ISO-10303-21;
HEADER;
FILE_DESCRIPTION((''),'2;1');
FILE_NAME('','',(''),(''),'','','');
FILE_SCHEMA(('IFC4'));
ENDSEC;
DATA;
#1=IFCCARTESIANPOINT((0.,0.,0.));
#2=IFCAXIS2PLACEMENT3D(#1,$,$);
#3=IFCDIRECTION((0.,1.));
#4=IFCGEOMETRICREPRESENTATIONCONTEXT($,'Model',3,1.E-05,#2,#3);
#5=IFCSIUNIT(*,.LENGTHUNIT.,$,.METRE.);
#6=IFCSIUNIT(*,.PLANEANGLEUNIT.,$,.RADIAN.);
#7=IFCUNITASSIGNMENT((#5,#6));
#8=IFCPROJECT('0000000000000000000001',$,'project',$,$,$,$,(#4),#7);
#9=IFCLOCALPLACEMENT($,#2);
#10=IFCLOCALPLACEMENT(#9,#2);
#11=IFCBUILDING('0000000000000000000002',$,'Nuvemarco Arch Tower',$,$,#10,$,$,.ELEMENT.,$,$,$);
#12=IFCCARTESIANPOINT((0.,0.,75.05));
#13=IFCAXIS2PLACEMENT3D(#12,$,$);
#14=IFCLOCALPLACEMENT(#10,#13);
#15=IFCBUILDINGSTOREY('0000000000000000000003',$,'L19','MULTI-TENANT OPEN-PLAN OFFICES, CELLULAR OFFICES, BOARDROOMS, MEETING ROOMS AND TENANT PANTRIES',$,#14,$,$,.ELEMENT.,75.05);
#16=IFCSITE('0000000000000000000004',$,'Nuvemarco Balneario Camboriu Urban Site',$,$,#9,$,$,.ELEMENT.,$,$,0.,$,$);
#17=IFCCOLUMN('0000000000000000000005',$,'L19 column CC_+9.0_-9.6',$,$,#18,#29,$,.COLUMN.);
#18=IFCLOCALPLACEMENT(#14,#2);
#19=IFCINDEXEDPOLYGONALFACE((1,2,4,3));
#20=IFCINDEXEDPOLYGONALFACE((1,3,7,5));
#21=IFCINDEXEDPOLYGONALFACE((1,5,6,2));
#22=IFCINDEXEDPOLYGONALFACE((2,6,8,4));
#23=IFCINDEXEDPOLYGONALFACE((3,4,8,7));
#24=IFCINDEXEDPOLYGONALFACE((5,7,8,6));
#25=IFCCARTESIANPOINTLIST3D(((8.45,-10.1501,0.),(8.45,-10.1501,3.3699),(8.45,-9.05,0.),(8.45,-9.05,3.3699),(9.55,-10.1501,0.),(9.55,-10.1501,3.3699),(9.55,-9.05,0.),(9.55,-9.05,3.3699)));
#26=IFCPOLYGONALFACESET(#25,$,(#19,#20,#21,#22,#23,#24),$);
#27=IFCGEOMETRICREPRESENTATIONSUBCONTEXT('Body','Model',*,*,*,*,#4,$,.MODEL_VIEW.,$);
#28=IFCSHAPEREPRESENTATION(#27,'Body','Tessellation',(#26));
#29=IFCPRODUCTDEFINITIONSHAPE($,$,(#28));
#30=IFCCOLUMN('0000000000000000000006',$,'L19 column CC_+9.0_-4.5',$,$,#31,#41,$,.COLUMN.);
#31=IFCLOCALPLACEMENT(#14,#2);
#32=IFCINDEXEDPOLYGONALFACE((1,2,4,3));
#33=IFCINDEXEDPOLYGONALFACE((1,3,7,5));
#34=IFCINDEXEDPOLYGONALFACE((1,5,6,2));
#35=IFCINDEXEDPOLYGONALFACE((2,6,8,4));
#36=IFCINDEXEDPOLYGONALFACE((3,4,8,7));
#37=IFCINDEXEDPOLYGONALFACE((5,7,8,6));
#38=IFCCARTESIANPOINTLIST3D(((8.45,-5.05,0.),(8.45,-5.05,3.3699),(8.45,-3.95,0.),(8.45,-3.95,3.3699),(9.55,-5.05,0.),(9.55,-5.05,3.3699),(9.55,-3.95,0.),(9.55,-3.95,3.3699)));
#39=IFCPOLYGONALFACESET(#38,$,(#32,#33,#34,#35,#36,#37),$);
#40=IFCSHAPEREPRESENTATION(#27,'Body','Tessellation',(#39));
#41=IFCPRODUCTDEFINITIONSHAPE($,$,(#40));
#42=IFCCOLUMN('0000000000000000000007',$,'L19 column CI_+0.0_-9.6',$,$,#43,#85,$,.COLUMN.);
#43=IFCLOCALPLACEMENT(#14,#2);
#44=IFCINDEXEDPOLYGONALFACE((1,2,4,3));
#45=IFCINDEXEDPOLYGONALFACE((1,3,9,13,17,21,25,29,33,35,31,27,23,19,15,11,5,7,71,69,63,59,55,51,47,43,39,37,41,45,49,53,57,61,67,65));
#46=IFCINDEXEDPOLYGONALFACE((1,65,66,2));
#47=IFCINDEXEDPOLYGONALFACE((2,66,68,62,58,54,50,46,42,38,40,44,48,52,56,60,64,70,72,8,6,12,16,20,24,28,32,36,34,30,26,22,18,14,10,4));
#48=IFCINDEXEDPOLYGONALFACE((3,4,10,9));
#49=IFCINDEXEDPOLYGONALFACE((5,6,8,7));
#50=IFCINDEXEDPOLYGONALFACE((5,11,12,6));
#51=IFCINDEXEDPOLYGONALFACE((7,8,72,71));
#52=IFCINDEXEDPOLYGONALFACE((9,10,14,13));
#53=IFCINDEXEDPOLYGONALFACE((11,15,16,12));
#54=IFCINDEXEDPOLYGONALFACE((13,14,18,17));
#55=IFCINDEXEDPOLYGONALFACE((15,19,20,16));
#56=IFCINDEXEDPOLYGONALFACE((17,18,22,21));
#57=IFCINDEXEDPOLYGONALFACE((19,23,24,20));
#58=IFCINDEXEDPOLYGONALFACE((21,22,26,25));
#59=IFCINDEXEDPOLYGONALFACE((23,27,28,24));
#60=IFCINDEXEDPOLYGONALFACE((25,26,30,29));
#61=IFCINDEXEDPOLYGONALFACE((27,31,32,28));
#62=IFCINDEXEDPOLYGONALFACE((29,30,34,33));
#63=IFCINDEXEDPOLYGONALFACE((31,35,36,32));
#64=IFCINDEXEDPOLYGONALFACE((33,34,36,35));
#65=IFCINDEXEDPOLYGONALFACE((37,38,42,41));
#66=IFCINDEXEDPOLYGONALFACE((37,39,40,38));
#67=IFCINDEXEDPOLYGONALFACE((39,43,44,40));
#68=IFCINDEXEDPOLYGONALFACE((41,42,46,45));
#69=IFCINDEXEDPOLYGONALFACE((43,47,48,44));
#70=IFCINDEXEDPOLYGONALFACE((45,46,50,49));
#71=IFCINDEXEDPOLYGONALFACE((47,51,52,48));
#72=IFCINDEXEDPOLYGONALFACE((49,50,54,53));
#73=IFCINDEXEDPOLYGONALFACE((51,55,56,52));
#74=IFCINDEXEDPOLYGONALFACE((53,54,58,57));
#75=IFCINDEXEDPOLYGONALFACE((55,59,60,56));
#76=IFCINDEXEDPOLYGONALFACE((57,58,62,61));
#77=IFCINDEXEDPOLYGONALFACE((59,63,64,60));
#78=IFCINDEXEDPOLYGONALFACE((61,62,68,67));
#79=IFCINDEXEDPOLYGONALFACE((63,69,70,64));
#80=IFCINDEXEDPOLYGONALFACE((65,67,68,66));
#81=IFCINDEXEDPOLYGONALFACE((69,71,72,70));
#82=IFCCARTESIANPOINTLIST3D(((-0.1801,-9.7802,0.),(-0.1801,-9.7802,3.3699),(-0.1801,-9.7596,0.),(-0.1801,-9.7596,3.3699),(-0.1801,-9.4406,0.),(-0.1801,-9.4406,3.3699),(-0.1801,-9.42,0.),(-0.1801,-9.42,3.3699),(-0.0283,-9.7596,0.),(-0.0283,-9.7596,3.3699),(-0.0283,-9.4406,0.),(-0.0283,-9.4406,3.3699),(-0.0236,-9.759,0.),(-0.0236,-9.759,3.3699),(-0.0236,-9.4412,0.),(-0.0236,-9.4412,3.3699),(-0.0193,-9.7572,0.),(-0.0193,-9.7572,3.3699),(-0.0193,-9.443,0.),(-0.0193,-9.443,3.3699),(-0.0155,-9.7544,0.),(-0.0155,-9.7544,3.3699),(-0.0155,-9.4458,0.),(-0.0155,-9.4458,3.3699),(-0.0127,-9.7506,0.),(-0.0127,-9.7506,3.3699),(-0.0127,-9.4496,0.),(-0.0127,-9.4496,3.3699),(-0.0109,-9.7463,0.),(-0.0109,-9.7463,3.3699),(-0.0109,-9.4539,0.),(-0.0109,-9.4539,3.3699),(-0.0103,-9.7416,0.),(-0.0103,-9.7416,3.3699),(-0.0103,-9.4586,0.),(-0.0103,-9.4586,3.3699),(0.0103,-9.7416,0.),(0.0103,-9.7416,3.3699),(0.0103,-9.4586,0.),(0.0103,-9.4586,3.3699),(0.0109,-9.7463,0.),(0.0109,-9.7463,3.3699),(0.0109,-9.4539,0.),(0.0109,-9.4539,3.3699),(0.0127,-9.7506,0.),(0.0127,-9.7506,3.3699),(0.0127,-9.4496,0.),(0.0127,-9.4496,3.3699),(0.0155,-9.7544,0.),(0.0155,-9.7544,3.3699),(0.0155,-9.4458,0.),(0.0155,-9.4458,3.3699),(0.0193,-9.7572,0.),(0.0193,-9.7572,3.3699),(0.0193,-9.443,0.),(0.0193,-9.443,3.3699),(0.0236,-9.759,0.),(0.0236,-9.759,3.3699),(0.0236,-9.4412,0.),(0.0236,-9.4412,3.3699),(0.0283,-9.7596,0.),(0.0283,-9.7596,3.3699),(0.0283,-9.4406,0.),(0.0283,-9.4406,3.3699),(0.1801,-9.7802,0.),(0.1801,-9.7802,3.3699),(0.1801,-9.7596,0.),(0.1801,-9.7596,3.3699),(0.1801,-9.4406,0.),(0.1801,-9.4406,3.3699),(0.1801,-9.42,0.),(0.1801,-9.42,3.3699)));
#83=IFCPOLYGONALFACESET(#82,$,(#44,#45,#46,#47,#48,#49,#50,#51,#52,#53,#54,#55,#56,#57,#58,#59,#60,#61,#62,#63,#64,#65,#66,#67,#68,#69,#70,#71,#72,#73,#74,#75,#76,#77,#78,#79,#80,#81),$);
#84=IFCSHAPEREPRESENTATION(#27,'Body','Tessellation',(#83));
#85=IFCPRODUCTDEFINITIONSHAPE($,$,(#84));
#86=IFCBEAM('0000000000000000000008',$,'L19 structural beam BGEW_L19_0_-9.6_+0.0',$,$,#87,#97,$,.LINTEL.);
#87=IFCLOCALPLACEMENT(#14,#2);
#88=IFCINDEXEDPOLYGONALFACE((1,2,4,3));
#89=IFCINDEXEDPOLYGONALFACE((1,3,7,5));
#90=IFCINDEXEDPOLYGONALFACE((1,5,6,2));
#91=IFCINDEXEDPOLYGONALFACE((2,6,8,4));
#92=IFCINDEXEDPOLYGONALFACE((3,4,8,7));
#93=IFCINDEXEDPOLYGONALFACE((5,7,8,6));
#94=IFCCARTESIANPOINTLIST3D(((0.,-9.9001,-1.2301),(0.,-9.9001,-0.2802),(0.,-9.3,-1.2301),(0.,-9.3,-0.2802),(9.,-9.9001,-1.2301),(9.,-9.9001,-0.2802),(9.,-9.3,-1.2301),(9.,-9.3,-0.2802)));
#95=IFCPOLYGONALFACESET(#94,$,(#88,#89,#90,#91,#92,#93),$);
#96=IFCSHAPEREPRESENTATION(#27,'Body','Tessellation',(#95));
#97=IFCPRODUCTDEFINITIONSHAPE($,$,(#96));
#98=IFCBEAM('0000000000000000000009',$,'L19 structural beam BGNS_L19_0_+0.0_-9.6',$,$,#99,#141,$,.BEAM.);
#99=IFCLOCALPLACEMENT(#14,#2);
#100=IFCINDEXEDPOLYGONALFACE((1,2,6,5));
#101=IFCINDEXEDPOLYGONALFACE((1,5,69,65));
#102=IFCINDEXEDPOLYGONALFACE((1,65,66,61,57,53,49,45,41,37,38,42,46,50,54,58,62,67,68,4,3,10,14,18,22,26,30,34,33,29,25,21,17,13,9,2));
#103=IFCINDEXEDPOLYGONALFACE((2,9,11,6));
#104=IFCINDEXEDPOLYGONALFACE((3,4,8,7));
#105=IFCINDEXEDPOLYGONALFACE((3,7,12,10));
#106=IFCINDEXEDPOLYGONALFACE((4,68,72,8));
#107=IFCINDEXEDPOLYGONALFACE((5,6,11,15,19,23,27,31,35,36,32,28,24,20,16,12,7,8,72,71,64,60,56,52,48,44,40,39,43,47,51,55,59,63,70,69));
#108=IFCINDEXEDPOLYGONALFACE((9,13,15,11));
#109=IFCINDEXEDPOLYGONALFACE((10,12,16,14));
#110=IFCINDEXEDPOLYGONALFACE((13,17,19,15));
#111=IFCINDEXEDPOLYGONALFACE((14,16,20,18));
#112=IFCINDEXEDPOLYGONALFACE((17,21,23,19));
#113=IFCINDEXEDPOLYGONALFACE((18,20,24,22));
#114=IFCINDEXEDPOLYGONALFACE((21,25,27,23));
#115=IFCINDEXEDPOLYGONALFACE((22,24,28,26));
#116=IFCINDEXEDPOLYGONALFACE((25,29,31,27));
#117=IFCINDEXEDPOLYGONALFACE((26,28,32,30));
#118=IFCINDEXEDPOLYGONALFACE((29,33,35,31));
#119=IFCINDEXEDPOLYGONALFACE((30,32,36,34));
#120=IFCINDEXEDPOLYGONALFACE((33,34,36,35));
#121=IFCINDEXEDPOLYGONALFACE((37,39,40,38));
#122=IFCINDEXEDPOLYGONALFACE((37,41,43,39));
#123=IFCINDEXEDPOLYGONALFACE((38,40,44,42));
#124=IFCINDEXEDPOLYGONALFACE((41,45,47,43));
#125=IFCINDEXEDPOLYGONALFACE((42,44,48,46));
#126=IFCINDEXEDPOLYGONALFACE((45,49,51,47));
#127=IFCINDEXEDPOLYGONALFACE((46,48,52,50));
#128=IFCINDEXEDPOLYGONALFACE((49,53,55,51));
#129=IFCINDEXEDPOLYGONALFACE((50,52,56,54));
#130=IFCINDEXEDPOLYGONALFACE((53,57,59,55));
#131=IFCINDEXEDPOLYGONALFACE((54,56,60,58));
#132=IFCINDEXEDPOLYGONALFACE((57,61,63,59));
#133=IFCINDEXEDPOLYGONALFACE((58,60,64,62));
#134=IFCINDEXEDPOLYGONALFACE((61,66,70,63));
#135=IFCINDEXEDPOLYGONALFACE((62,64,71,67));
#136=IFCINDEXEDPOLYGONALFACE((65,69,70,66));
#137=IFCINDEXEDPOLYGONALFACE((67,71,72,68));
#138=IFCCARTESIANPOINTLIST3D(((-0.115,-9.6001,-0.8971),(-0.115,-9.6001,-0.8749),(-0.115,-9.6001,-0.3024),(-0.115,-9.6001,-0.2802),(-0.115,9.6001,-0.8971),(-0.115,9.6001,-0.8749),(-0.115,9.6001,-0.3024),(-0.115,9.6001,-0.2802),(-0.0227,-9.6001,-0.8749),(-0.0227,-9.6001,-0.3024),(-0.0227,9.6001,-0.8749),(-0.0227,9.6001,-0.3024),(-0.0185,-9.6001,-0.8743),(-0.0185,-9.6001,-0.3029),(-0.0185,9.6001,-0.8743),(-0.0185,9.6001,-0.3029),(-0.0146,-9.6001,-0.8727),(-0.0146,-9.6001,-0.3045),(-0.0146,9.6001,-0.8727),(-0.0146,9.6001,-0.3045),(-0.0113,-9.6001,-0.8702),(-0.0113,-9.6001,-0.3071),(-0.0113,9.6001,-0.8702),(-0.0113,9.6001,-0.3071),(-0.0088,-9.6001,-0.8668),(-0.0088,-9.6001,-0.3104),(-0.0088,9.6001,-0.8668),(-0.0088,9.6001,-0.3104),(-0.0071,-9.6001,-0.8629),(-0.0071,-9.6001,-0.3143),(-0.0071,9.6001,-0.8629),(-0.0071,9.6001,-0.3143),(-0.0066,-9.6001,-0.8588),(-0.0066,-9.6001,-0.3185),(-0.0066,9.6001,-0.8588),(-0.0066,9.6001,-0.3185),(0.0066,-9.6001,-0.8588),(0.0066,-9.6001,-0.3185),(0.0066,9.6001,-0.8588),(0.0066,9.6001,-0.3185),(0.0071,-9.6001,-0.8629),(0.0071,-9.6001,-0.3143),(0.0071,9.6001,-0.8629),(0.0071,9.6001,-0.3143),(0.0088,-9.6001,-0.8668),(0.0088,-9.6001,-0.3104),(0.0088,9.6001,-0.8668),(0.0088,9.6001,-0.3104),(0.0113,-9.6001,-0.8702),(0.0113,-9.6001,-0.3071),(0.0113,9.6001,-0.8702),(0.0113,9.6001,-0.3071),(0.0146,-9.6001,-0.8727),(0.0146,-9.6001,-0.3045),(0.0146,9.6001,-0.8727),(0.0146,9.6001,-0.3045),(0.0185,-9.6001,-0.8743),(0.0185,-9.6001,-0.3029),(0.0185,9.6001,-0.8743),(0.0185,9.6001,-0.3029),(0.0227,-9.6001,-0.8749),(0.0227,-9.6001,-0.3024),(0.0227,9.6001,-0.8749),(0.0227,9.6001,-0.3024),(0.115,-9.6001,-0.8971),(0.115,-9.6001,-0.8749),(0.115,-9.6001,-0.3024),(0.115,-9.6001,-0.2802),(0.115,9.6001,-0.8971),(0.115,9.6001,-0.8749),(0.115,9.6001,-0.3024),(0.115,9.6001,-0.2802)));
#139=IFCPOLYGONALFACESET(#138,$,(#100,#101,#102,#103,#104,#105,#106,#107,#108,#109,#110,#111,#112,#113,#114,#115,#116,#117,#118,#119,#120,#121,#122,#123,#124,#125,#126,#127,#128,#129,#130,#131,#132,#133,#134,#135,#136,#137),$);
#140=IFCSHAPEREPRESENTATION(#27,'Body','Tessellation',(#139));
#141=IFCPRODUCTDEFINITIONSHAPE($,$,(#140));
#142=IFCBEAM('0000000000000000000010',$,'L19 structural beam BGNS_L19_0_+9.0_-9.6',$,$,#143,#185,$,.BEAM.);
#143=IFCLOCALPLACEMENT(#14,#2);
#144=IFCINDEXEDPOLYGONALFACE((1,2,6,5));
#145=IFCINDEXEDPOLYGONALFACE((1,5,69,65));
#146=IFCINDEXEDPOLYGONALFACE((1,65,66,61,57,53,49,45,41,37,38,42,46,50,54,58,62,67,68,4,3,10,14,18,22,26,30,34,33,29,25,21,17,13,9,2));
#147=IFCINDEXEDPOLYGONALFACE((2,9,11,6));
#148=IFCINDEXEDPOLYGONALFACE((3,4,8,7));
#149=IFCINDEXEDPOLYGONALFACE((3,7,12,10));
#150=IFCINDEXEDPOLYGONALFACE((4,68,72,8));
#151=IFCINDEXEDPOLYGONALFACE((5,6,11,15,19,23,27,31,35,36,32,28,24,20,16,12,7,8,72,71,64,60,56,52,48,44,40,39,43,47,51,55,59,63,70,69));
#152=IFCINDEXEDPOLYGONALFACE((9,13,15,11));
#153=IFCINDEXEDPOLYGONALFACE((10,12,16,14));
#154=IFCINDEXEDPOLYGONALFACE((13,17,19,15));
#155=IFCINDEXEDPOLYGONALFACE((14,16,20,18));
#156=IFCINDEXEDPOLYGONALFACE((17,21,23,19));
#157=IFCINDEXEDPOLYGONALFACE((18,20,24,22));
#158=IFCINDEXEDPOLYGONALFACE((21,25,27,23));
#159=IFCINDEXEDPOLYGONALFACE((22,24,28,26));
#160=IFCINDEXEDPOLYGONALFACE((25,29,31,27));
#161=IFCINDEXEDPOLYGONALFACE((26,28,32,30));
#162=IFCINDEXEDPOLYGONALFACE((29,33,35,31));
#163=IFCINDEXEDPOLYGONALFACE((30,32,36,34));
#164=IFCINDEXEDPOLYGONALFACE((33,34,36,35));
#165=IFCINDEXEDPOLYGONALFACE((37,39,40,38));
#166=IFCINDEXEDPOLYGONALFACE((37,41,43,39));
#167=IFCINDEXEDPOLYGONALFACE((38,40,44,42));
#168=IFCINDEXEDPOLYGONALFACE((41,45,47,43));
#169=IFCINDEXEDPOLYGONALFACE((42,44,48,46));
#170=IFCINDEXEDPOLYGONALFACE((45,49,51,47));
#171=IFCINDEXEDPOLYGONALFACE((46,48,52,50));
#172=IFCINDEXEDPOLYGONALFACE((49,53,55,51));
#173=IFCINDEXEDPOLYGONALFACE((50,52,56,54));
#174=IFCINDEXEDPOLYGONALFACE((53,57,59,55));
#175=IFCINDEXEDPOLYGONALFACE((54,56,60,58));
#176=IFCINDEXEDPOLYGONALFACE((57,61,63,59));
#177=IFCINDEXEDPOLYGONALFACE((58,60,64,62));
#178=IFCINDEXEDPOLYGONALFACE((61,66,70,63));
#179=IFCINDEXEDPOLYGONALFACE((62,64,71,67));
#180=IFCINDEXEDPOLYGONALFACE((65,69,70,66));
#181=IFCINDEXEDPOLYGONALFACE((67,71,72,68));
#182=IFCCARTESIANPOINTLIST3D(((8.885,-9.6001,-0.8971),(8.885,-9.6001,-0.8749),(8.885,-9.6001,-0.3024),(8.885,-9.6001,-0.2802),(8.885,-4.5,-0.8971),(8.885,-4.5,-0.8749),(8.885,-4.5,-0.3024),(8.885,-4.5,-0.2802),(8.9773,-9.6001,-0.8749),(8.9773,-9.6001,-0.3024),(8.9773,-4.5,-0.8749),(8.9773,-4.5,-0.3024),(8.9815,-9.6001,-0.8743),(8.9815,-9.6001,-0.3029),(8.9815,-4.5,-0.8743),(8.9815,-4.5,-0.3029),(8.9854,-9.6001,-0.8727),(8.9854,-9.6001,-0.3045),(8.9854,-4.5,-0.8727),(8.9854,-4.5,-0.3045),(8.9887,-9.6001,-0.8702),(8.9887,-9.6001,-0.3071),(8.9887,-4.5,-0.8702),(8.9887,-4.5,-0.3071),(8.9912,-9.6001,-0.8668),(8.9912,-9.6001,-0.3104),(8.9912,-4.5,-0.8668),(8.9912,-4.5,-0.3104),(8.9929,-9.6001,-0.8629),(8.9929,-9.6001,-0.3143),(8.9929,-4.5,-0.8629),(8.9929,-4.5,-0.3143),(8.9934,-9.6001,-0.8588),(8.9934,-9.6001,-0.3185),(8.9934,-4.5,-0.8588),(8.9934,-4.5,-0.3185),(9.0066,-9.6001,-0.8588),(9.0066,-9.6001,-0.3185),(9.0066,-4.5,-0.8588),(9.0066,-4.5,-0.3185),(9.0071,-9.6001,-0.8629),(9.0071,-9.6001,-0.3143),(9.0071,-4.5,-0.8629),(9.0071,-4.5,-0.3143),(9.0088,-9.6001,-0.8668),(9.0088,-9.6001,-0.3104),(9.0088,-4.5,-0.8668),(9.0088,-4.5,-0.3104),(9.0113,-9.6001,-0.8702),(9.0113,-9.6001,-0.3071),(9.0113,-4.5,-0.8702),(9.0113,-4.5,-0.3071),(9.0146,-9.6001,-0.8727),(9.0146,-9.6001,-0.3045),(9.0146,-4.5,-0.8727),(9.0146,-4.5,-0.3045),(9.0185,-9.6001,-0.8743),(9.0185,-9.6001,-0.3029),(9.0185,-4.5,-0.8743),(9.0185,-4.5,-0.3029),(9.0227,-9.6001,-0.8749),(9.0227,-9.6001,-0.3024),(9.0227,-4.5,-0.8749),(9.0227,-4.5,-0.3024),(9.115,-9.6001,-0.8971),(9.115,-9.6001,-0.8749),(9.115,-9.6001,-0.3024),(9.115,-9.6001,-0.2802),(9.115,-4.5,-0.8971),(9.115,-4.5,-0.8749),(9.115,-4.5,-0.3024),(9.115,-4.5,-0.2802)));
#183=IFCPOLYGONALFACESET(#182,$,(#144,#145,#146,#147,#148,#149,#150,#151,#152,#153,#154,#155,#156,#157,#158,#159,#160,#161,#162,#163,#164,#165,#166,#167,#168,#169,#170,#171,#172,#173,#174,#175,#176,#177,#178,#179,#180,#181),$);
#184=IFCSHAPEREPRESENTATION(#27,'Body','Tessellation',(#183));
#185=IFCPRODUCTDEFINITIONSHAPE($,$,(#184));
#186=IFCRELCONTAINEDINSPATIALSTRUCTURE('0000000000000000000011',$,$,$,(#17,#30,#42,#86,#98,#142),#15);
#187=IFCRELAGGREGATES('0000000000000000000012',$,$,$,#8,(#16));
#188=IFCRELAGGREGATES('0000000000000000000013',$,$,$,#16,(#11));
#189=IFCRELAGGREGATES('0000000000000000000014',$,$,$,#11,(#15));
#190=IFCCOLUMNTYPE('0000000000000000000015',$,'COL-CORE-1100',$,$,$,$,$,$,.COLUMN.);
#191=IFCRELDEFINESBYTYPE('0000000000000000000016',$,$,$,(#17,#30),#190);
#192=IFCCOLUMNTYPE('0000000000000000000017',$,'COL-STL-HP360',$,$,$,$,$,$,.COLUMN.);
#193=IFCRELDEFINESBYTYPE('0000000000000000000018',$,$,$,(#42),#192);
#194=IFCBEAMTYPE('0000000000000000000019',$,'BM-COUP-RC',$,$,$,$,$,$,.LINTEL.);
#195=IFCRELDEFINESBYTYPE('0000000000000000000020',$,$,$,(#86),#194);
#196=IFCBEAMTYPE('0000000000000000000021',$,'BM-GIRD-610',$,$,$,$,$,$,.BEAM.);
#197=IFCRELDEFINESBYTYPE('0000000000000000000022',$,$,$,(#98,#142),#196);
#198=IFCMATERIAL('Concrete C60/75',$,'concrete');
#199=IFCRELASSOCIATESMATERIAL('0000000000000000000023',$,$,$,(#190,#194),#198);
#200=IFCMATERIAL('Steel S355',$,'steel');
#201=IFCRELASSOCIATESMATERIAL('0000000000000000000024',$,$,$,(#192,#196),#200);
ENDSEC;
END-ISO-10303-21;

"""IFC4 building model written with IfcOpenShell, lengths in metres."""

from ifc_helpers import new_model, si_unit, direction, frame, origin, origin_2d, place, context, subcontext, project, spatial, rectangle, i_section, extrude, material, material_profile, profile_set, type_object, element, save


model = new_model("IFC4")

# Units and contexts
model_context = context("Model", 3, precision=1e-05, world=origin(), true_north=direction((0.0, 1.0)))
body_context = subcontext(model_context, "Body", "Model", "MODEL_VIEW")
ifc_project = project(units=[si_unit("LENGTHUNIT", "METRE"), si_unit("PLANEANGLEUNIT", "RADIAN")], contexts=[model_context])

# Site, building, storey
site_placement = place(None, origin())
site = spatial("IfcSite", under=ifc_project, at=site_placement, Name="Nuvemarco Balneario Camboriu Urban Site", CompositionType="ELEMENT", RefElevation=0.0)
building_placement = place(site_placement, origin())
building = spatial("IfcBuilding", under=site, at=building_placement, Name="Nuvemarco Arch Tower", CompositionType="ELEMENT")
storey_placement = place(building_placement, frame((0.0, 0.0, 75.05)))
storey = spatial("IfcBuildingStorey", under=building, at=storey_placement, Name="L19", Description="MULTI-TENANT OPEN-PLAN OFFICES, CELLULAR OFFICES, BOARDROOMS, MEETING ROOMS AND TENANT PANTRIES", CompositionType="ELEMENT", Elevation=75.05)

# Columns
ifc_material_1 = material(Name="Concrete C60/75", Category="concrete")
ifc_material_profile_1 = material_profile(ifc_material_1, rectangle(XDim=1.1001, YDim=1.1001, at=origin_2d()), Name="RC-COL-1100x1100")
ifc_profile_set_1 = profile_set([ifc_material_profile_1], Name="Concrete C60/75")
column_type_1 = type_object("IfcColumnType", Name="COL-CORE-1100", PredefinedType="COLUMN", material=ifc_profile_set_1)
for number, where, z_axis, x_axis, name in (
    (1, (9.0, -9.6001, 0.0), (0.0, 0.0, 1.0), (1.0, 0.0, 0.0), "L19 column CC_+9.0_-9.6"),
    (2, (9.0, -4.5, 0.0), (0.0, 0.0, 1.0), (1.0, 0.0, 0.0), "L19 column CC_+9.0_-4.5"),
):
    element("IfcColumn", number, at=place(storey_placement, frame(where, z_axis=z_axis, x_axis=x_axis)), inside=storey, type_object=column_type_1, Name=name, PredefinedType="COLUMN", context=body_context, shape_type="SweptSolid", body=[
        extrude(rectangle(XDim=1.1001, YDim=1.1001, at=origin_2d()), origin(), (0.0, 0.0, 1.0), 3.3699),
    ])
ifc_material_2 = material(Name="Steel S355", Category="steel")
ifc_material_profile_2 = material_profile(ifc_material_2, i_section(OverallWidth=0.3601, OverallDepth=0.3601, WebThickness=0.0205, FlangeThickness=0.0205, FilletRadius=0.0181, at=origin_2d()), Name="HP360x174")
ifc_profile_set_2 = profile_set([ifc_material_profile_2], Name="Steel S355")
column_type_2 = type_object("IfcColumnType", Name="COL-STL-HP360", PredefinedType="COLUMN", material=ifc_profile_set_2)
column_placement = place(storey_placement, frame((0.0, -9.6001, 0.0), z_axis=(0.0, 0.0, 1.0), x_axis=(1.0, 0.0, 0.0)))
element("IfcColumn", 3, at=column_placement, inside=storey, type_object=column_type_2, Name="L19 column CI_+0.0_-9.6", PredefinedType="COLUMN", context=body_context, shape_type="SweptSolid", body=[
    extrude(i_section(OverallWidth=0.3601, OverallDepth=0.3601, WebThickness=0.0205, FlangeThickness=0.0205, FilletRadius=0.0181, at=origin_2d()), origin(), (0.0, 0.0, 1.0), 3.3699),
])

# Beams
ifc_material_profile_3 = material_profile(ifc_material_1, rectangle(XDim=0.6001, YDim=0.95, at=origin_2d()), Name="RC-BM-600x950")
ifc_profile_set_3 = profile_set([ifc_material_profile_3], Name="Concrete C60/75")
beam_type_1 = type_object("IfcBeamType", Name="BM-COUP-RC", PredefinedType="LINTEL", material=ifc_profile_set_3)
beam_1_placement = place(storey_placement, frame((0.0, -9.6001, -0.7551), z_axis=(1.0, 0.0, 0.0), x_axis=(0.0, 1.0, 0.0)))
element("IfcBeam", 4, at=beam_1_placement, inside=storey, type_object=beam_type_1, Name="L19 structural beam BGEW_L19_0_-9.6_+0.0", PredefinedType="LINTEL", context=body_context, shape_type="SweptSolid", body=[
    extrude(rectangle(XDim=0.6001, YDim=0.95, at=origin_2d()), origin(), (0.0, 0.0, 1.0), 9.0),
])
ifc_material_profile_4 = material_profile(ifc_material_2, i_section(OverallWidth=0.23, OverallDepth=0.6169, WebThickness=0.0132, FlangeThickness=0.0222, FilletRadius=0.0161, at=origin_2d()), Name="W610x140")
ifc_profile_set_4 = profile_set([ifc_material_profile_4], Name="Steel S355")
beam_type_2 = type_object("IfcBeamType", Name="BM-GIRD-610", PredefinedType="BEAM", material=ifc_profile_set_4)
beam_2_placement = place(storey_placement, frame((0.0, -9.6001, -0.5886), z_axis=(0.0, 1.0, 0.0), x_axis=(-1.0, 0.0, 0.0)))
element("IfcBeam", 5, at=beam_2_placement, inside=storey, type_object=beam_type_2, Name="L19 structural beam BGNS_L19_0_+0.0_-9.6", PredefinedType="BEAM", context=body_context, shape_type="SweptSolid", body=[
    extrude(i_section(OverallWidth=0.23, OverallDepth=0.6169, WebThickness=0.0132, FlangeThickness=0.0222, FilletRadius=0.0161, at=origin_2d()), origin(), (0.0, 0.0, 1.0), 19.2002),
])
beam_3_placement = place(storey_placement, frame((9.0, -9.6001, -0.5886), z_axis=(0.0, 1.0, 0.0), x_axis=(-1.0, 0.0, 0.0)))
element("IfcBeam", 6, at=beam_3_placement, inside=storey, type_object=beam_type_2, Name="L19 structural beam BGNS_L19_0_+9.0_-9.6", PredefinedType="BEAM", context=body_context, shape_type="SweptSolid", body=[
    extrude(i_section(OverallWidth=0.23, OverallDepth=0.6169, WebThickness=0.0132, FlangeThickness=0.0222, FilletRadius=0.0161, at=origin_2d()), origin(), (0.0, 0.0, 1.0), 5.1001),
])

save(model, "model.ifc")
